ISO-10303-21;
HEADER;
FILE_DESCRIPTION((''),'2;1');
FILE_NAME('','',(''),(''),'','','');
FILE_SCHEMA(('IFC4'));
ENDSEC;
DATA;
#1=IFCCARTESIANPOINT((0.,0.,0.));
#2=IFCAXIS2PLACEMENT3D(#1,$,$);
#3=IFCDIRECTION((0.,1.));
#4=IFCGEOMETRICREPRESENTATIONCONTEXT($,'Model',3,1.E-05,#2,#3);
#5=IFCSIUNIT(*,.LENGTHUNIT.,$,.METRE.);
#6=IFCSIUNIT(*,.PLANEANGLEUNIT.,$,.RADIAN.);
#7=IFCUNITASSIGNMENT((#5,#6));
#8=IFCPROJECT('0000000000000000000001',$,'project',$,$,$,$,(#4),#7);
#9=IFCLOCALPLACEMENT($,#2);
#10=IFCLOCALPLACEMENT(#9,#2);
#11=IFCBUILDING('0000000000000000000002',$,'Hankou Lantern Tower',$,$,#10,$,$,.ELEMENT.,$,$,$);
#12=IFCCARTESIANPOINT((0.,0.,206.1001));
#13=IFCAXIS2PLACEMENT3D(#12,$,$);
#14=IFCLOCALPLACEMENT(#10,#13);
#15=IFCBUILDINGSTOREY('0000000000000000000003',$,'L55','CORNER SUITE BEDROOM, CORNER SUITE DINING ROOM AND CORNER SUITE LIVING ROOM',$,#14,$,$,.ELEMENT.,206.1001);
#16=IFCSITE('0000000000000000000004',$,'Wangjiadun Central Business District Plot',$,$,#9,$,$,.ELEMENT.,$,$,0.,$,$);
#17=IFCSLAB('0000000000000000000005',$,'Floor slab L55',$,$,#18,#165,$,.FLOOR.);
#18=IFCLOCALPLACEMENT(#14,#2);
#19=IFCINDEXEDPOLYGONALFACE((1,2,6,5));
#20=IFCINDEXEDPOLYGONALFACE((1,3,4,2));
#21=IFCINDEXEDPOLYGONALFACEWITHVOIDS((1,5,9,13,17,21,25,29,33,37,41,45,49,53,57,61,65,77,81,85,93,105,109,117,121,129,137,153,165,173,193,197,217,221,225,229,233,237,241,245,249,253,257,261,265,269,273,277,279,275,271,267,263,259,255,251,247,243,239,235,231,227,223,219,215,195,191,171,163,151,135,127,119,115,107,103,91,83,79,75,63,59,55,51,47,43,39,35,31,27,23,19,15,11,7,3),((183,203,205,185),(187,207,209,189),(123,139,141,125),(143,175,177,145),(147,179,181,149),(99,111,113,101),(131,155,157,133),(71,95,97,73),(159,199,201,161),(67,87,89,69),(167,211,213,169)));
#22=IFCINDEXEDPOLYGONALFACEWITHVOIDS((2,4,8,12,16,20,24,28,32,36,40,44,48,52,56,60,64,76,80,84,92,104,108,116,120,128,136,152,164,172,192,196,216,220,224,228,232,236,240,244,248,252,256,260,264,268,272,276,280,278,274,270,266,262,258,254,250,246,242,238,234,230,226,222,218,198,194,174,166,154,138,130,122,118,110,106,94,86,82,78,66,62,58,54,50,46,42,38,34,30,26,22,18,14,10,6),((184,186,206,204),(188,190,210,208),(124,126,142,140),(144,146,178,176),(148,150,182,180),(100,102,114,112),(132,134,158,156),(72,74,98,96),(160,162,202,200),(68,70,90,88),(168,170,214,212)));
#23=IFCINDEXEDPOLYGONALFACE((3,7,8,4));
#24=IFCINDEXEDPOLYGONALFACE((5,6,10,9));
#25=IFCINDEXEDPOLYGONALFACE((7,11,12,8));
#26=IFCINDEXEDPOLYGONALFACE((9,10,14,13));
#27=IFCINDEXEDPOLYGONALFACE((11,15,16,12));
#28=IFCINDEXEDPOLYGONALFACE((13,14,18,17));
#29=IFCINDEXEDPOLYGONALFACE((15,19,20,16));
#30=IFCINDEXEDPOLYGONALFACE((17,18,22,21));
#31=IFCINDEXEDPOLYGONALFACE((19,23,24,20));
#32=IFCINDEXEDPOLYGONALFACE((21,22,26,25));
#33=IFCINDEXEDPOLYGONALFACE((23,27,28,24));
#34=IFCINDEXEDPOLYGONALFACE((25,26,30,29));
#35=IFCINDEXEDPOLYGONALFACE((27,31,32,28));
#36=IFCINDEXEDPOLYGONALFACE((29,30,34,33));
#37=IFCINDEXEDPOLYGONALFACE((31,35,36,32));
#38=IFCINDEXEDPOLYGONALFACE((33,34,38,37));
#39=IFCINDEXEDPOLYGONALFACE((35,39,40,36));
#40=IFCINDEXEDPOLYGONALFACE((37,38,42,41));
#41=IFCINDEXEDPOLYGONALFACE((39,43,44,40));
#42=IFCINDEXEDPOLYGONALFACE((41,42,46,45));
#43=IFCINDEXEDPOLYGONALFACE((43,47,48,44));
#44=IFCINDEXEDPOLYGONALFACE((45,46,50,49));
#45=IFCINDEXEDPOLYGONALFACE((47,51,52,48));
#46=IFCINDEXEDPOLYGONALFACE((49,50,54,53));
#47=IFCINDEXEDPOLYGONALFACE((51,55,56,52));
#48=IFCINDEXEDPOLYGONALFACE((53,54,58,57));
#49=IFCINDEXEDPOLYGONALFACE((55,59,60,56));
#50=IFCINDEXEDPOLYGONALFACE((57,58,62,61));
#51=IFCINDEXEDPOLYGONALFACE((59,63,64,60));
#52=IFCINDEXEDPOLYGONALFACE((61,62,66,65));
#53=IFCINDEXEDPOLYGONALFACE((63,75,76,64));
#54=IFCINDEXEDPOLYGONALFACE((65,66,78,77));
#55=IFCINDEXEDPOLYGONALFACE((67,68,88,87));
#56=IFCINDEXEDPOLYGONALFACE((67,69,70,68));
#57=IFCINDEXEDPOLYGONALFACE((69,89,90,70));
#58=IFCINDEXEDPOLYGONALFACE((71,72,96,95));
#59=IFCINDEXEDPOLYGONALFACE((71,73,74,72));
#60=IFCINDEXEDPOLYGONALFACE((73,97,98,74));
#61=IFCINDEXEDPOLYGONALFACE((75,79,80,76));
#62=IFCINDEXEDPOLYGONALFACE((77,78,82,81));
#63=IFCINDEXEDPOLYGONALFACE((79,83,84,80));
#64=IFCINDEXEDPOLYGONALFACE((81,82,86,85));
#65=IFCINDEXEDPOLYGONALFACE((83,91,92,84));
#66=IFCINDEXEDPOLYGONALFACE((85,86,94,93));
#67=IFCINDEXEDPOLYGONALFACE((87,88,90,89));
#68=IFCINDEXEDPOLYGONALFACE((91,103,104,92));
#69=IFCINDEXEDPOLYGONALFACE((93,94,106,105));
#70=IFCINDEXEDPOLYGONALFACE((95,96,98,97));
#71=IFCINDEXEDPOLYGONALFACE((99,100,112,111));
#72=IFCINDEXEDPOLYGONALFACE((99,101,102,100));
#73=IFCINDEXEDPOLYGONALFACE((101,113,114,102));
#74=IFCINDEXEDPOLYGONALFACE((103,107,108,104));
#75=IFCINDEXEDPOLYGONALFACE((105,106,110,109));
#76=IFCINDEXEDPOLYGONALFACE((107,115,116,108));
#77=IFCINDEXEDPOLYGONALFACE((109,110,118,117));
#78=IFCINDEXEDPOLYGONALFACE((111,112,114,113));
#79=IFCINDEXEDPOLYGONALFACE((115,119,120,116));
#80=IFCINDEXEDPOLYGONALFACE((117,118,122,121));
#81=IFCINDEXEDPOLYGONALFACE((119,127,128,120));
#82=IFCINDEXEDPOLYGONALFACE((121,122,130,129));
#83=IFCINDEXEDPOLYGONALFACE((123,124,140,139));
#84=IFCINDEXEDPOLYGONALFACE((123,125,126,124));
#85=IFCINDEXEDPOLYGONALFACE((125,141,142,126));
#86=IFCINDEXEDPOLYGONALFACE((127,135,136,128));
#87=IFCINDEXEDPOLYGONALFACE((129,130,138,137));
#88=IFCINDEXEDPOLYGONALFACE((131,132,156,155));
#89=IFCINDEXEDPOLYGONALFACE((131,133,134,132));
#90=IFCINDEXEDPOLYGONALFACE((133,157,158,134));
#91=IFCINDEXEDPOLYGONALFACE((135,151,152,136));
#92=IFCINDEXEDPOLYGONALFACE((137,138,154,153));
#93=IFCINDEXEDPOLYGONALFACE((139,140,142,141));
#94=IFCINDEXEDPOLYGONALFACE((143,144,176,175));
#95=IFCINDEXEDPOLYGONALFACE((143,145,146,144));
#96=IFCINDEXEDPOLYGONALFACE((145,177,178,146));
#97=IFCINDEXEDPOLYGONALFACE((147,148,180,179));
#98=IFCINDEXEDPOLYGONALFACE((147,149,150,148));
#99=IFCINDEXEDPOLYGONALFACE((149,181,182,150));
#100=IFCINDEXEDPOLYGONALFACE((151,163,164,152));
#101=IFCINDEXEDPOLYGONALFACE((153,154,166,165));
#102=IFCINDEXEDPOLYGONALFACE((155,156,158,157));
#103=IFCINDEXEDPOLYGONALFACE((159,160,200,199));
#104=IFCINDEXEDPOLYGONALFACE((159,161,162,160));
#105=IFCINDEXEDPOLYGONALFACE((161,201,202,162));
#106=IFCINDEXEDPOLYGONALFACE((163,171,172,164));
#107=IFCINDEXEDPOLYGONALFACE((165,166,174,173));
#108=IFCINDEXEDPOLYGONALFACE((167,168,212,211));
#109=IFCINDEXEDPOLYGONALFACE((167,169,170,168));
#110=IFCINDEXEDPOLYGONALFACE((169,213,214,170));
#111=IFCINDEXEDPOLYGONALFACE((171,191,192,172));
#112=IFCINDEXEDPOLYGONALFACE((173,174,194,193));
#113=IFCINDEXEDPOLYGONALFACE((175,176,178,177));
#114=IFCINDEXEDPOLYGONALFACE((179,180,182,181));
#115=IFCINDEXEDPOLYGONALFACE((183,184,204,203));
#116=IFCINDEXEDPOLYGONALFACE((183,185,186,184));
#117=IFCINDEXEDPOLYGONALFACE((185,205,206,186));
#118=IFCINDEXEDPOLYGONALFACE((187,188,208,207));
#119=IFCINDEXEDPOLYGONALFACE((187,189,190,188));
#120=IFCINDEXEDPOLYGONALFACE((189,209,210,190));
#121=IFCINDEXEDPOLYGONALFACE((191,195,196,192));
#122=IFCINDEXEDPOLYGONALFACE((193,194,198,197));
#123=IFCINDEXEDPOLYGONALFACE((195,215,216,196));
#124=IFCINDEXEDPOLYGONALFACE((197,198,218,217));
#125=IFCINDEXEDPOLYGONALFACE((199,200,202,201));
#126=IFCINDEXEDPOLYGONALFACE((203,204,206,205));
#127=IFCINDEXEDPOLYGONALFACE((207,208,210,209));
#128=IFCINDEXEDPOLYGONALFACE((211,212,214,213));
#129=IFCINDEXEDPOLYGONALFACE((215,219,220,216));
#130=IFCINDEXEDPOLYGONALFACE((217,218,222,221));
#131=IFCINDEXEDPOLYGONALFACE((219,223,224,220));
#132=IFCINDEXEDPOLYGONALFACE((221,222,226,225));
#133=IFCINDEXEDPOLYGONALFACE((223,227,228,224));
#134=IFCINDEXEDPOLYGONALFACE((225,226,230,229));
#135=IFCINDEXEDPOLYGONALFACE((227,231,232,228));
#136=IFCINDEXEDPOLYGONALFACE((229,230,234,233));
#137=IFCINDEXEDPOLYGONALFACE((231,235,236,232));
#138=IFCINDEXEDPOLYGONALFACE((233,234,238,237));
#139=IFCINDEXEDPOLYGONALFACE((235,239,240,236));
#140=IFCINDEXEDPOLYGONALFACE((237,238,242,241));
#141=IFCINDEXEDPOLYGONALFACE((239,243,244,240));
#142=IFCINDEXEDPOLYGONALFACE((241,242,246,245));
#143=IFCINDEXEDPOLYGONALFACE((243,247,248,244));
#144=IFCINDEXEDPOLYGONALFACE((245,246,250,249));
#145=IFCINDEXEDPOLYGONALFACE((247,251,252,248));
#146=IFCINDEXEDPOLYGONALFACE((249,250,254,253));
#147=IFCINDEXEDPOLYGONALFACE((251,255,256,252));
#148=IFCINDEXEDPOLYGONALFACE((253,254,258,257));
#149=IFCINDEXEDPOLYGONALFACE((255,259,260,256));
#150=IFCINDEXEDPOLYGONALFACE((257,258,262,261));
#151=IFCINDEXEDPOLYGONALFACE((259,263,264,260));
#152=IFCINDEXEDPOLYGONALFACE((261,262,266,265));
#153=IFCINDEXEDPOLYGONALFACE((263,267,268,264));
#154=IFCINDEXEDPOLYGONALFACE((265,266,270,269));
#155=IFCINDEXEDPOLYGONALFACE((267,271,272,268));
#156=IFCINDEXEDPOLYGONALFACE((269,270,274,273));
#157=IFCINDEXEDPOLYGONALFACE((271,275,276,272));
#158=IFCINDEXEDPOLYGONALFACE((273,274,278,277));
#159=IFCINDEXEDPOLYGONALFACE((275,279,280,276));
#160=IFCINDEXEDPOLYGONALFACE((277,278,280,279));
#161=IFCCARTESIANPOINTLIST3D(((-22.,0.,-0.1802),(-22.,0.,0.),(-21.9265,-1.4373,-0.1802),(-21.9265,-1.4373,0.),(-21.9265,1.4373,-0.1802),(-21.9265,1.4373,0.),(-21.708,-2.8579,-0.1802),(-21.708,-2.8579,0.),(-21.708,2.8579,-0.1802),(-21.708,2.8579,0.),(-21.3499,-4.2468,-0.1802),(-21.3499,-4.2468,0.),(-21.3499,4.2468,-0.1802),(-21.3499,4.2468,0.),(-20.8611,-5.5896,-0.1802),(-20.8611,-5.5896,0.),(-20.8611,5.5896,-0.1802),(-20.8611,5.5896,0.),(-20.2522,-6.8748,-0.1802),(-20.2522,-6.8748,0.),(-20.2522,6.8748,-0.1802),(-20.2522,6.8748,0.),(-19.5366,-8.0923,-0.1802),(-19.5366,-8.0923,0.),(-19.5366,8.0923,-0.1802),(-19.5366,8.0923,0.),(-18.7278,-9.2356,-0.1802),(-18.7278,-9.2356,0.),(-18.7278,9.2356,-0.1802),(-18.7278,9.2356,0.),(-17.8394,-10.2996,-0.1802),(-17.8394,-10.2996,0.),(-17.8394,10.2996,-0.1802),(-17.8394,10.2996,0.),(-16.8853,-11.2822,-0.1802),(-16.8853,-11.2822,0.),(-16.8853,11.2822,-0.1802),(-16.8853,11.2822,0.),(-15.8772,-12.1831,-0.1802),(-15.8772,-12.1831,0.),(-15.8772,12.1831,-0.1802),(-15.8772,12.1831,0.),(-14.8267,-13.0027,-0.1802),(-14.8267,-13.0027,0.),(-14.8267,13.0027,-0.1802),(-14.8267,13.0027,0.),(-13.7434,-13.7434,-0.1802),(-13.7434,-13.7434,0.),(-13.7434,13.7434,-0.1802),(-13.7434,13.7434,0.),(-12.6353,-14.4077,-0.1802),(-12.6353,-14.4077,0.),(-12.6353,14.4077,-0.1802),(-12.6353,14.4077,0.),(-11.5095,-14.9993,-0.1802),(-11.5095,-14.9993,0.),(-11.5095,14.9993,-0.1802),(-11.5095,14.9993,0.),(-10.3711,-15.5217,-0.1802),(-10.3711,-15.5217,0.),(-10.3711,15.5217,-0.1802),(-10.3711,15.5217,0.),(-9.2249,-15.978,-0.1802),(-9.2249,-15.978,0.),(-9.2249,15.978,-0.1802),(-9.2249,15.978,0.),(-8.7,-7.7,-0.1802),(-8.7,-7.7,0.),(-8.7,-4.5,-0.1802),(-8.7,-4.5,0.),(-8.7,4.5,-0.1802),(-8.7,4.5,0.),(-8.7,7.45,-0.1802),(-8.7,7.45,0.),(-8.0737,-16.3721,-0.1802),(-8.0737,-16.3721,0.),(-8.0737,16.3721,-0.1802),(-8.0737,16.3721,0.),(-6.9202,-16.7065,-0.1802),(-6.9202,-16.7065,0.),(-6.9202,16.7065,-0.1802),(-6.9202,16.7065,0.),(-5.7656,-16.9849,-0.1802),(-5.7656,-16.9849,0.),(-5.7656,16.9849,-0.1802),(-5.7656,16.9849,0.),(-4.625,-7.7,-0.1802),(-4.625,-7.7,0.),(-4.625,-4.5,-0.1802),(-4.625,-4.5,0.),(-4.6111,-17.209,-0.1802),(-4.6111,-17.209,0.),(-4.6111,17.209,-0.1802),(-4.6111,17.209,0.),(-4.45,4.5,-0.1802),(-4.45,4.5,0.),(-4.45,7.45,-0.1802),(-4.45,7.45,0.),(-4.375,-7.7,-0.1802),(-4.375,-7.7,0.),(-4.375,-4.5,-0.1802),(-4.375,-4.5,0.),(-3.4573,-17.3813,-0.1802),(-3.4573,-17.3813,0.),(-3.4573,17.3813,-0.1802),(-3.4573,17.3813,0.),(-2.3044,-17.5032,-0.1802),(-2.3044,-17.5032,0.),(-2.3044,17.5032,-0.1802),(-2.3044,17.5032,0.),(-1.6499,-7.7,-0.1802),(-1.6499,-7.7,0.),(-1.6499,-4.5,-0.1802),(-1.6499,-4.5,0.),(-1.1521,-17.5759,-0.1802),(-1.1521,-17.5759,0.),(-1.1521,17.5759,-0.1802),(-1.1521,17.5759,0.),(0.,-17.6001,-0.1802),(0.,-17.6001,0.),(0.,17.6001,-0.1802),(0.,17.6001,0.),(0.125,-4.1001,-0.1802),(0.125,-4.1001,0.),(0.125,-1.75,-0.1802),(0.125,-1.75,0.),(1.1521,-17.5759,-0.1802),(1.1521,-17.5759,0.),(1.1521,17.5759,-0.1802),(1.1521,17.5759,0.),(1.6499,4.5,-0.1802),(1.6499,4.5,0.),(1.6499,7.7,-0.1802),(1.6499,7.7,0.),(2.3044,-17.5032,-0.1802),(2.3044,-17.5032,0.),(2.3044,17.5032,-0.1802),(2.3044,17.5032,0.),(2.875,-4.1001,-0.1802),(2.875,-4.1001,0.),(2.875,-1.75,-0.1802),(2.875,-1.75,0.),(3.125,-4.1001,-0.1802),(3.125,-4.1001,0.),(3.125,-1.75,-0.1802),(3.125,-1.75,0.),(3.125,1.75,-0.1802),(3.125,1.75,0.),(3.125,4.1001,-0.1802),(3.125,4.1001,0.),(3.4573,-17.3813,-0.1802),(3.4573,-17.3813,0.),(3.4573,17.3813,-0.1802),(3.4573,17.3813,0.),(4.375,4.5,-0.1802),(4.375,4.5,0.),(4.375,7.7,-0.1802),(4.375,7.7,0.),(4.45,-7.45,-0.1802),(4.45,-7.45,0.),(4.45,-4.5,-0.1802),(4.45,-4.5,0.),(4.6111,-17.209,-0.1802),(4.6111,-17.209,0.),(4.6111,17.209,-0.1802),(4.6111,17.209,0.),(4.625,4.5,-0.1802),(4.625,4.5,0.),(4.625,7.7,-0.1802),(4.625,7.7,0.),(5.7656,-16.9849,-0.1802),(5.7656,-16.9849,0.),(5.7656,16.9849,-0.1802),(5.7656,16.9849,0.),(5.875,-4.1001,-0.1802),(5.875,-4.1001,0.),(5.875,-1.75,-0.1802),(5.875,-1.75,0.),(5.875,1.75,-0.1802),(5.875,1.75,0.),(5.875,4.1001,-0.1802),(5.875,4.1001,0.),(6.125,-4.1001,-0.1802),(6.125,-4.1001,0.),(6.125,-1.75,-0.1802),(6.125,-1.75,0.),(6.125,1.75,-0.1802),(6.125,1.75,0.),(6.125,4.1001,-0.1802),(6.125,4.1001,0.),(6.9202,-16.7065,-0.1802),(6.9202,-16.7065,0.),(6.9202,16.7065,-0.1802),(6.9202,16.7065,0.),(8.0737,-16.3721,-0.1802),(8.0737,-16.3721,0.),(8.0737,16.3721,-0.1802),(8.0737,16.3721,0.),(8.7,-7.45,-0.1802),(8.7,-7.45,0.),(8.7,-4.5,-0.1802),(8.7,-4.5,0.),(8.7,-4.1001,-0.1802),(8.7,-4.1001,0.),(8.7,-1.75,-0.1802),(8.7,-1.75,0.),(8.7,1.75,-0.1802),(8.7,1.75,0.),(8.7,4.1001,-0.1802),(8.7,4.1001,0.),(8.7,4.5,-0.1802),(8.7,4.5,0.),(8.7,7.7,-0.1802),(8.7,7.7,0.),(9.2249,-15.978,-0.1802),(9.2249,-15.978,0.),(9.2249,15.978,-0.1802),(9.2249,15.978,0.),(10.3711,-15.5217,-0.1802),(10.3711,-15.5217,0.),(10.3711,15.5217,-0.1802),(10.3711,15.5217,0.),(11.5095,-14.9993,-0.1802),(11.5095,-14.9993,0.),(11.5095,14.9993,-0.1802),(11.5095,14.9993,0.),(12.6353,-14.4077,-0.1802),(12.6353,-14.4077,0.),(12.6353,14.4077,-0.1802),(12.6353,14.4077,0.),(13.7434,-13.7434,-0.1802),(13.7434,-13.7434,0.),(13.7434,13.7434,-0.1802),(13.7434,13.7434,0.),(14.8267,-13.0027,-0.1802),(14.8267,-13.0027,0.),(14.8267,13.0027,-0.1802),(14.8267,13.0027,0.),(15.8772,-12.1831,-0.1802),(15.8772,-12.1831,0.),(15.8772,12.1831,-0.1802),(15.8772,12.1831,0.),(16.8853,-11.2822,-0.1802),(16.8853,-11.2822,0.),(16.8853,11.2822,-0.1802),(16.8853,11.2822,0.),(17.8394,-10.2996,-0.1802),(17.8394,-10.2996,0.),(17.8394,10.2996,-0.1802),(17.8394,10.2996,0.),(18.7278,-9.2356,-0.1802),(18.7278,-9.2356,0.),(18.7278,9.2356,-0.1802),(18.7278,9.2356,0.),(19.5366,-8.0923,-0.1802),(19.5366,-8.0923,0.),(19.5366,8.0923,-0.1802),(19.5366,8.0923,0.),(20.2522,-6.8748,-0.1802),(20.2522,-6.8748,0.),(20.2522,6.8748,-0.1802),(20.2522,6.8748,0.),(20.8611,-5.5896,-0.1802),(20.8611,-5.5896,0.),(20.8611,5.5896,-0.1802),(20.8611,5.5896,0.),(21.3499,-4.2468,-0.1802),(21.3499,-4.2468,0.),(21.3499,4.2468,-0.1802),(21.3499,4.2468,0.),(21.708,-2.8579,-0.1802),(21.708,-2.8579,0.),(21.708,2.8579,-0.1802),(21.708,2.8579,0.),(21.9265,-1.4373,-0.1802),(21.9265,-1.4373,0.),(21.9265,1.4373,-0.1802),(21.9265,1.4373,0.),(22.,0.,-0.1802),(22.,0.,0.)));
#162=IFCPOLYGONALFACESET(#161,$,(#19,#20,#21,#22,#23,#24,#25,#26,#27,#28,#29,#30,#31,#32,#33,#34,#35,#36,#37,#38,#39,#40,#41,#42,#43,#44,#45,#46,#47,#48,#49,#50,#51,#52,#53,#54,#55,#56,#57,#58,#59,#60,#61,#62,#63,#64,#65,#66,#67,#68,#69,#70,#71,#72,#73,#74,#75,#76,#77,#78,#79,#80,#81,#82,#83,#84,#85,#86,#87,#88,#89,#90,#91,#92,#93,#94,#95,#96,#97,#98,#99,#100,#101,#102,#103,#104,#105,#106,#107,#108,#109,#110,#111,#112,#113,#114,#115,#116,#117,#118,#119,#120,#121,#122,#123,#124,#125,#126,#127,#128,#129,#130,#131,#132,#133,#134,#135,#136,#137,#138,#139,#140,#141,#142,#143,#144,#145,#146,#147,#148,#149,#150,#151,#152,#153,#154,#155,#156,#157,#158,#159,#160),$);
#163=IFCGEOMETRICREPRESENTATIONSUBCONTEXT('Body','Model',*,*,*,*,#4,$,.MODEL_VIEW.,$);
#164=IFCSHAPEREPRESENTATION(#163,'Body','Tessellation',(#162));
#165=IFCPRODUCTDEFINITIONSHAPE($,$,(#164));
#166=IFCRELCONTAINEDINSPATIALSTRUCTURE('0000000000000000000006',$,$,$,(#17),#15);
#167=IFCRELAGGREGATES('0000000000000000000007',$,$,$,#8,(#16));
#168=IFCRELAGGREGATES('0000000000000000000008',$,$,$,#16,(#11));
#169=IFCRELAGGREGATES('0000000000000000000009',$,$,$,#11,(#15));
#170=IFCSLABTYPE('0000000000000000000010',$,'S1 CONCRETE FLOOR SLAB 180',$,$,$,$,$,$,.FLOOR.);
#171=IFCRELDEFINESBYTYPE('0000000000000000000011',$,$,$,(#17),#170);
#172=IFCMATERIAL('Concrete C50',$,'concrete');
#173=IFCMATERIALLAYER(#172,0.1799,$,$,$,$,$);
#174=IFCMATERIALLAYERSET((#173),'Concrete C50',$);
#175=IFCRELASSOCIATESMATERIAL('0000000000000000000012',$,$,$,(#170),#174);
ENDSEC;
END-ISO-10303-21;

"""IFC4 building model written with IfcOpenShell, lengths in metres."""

from ifc_helpers import new_model, si_unit, direction, frame, origin, place, context, subcontext, project, spatial, polyline, outline, extrude, material, layer, layer_set, type_object, element, save


model = new_model("IFC4")

# Units and contexts
model_context = context("Model", 3, precision=1e-05, world=origin(), true_north=direction((0.0, 1.0)))
body_context = subcontext(model_context, "Body", "Model", "MODEL_VIEW")
ifc_project = project(units=[si_unit("LENGTHUNIT", "METRE"), si_unit("PLANEANGLEUNIT", "RADIAN")], contexts=[model_context])

# Site, building, storey
site_placement = place(None, origin())
site = spatial("IfcSite", under=ifc_project, at=site_placement, Name="Wangjiadun Central Business District Plot", CompositionType="ELEMENT", RefElevation=0.0)
building_placement = place(site_placement, origin())
building = spatial("IfcBuilding", under=site, at=building_placement, Name="Hankou Lantern Tower", CompositionType="ELEMENT")
storey_placement = place(building_placement, frame((0.0, 0.0, 206.1001)))
storey = spatial("IfcBuildingStorey", under=building, at=storey_placement, Name="L55", Description="CORNER SUITE BEDROOM, CORNER SUITE DINING ROOM AND CORNER SUITE LIVING ROOM", CompositionType="ELEMENT", Elevation=206.1001)

# Slab
ifc_material_1 = material(Name="Concrete C50", Category="concrete")
ifc_layer_1 = layer(ifc_material_1, 0.1799)
ifc_layer_set_1 = layer_set([ifc_layer_1], Name="Concrete C50")
slab_type = type_object("IfcSlabType", Name="S1 CONCRETE FLOOR SLAB 180", PredefinedType="FLOOR", material=ifc_layer_set_1)
slab_placement = place(storey_placement, frame((0.0, 0.0, -0.1802)))
element("IfcSlab", 1, at=slab_placement, inside=storey, type_object=slab_type, Name="Floor slab L55", PredefinedType="FLOOR", context=body_context, shape_type="SweptSolid", body=[
    extrude(outline(polyline([(22.0, 0.0), (21.9265, 1.4373), (21.708, 2.8579), (21.3499, 4.2468), (20.8611, 5.5896), (20.2522, 6.8748), (19.5366, 8.0923), (18.7278, 9.2356), (17.8394, 10.2996), (16.8853, 11.2822), (15.8772, 12.1831), (14.8267, 13.0027), (13.7434, 13.7434), (12.6353, 14.4077), (11.5095, 14.9993), (10.3711, 15.5217), (9.2249, 15.978), (8.0737, 16.3721), (6.9202, 16.7065), (5.7656, 16.9849), (4.6111, 17.209), (3.4573, 17.3813), (2.3044, 17.5032), (1.1521, 17.5759), (0.0, 17.6001), (-1.1521, 17.5759), (-2.3044, 17.5032), (-3.4573, 17.3813), (-4.6111, 17.209), (-5.7656, 16.9849), (-6.9202, 16.7065), (-8.0737, 16.3721), (-9.2249, 15.978), (-10.3711, 15.5217), (-11.5095, 14.9993), (-12.6353, 14.4077), (-13.7434, 13.7434), (-14.8267, 13.0027), (-15.8772, 12.1831), (-16.8853, 11.2822), (-17.8394, 10.2996), (-18.7278, 9.2356), (-19.5366, 8.0923), (-20.2522, 6.8748), (-20.8611, 5.5896), (-21.3499, 4.2468), (-21.708, 2.8579), (-21.9265, 1.4373), (-22.0, 0.0), (-21.9265, -1.4373), (-21.708, -2.8579), (-21.3499, -4.2468), (-20.8611, -5.5896), (-20.2522, -6.8748), (-19.5366, -8.0923), (-18.7278, -9.2356), (-17.8394, -10.2996), (-16.8853, -11.2822), (-15.8772, -12.1831), (-14.8267, -13.0027), (-13.7434, -13.7434), (-12.6353, -14.4077), (-11.5095, -14.9993), (-10.3711, -15.5217), (-9.2249, -15.978), (-8.0737, -16.3721), (-6.9202, -16.7065), (-5.7656, -16.9849), (-4.6111, -17.209), (-3.4573, -17.3813), (-2.3044, -17.5032), (-1.1521, -17.5759), (0.0, -17.6001), (1.1521, -17.5759), (2.3044, -17.5032), (3.4573, -17.3813), (4.6111, -17.209), (5.7656, -16.9849), (6.9202, -16.7065), (8.0737, -16.3721), (9.2249, -15.978), (10.3711, -15.5217), (11.5095, -14.9993), (12.6353, -14.4077), (13.7434, -13.7434), (14.8267, -13.0027), (15.8772, -12.1831), (16.8853, -11.2822), (17.8394, -10.2996), (18.7278, -9.2356), (19.5366, -8.0923), (20.2522, -6.8748), (20.8611, -5.5896), (21.3499, -4.2468), (21.708, -2.8579), (21.9265, -1.4373), (22.0, 0.0)]), holes=[polyline([(3.125, 4.1001), (5.875, 4.1001), (5.875, 1.75), (3.125, 1.75), (3.125, 4.1001)]), polyline([(6.125, 4.1001), (8.7, 4.1001), (8.7, 1.75), (6.125, 1.75), (6.125, 4.1001)]), polyline([(0.125, -1.75), (2.875, -1.75), (2.875, -4.1001), (0.125, -4.1001), (0.125, -1.75)]), polyline([(3.125, -1.75), (5.875, -1.75), (5.875, -4.1001), (3.125, -4.1001), (3.125, -1.75)]), polyline([(6.125, -1.75), (8.7, -1.75), (8.7, -4.1001), (6.125, -4.1001), (6.125, -1.75)]), polyline([(1.6499, 7.7), (4.375, 7.7), (4.375, 4.5), (1.6499, 4.5), (1.6499, 7.7)]), polyline([(-4.375, -4.5), (-1.6499, -4.5), (-1.6499, -7.7), (-4.375, -7.7), (-4.375, -4.5)]), polyline([(-8.7, 7.45), (-4.45, 7.45), (-4.45, 4.5), (-8.7, 4.5), (-8.7, 7.45)]), polyline([(4.45, -4.5), (8.7, -4.5), (8.7, -7.45), (4.45, -7.45), (4.45, -4.5)]), polyline([(4.625, 7.7), (8.7, 7.7), (8.7, 4.5), (4.625, 4.5), (4.625, 7.7)]), polyline([(-8.7, -4.5), (-4.625, -4.5), (-4.625, -7.7), (-8.7, -7.7), (-8.7, -4.5)])]), origin(), (0.0, 0.0, 1.0), 0.1802),
])

save(model, "model.ifc")
